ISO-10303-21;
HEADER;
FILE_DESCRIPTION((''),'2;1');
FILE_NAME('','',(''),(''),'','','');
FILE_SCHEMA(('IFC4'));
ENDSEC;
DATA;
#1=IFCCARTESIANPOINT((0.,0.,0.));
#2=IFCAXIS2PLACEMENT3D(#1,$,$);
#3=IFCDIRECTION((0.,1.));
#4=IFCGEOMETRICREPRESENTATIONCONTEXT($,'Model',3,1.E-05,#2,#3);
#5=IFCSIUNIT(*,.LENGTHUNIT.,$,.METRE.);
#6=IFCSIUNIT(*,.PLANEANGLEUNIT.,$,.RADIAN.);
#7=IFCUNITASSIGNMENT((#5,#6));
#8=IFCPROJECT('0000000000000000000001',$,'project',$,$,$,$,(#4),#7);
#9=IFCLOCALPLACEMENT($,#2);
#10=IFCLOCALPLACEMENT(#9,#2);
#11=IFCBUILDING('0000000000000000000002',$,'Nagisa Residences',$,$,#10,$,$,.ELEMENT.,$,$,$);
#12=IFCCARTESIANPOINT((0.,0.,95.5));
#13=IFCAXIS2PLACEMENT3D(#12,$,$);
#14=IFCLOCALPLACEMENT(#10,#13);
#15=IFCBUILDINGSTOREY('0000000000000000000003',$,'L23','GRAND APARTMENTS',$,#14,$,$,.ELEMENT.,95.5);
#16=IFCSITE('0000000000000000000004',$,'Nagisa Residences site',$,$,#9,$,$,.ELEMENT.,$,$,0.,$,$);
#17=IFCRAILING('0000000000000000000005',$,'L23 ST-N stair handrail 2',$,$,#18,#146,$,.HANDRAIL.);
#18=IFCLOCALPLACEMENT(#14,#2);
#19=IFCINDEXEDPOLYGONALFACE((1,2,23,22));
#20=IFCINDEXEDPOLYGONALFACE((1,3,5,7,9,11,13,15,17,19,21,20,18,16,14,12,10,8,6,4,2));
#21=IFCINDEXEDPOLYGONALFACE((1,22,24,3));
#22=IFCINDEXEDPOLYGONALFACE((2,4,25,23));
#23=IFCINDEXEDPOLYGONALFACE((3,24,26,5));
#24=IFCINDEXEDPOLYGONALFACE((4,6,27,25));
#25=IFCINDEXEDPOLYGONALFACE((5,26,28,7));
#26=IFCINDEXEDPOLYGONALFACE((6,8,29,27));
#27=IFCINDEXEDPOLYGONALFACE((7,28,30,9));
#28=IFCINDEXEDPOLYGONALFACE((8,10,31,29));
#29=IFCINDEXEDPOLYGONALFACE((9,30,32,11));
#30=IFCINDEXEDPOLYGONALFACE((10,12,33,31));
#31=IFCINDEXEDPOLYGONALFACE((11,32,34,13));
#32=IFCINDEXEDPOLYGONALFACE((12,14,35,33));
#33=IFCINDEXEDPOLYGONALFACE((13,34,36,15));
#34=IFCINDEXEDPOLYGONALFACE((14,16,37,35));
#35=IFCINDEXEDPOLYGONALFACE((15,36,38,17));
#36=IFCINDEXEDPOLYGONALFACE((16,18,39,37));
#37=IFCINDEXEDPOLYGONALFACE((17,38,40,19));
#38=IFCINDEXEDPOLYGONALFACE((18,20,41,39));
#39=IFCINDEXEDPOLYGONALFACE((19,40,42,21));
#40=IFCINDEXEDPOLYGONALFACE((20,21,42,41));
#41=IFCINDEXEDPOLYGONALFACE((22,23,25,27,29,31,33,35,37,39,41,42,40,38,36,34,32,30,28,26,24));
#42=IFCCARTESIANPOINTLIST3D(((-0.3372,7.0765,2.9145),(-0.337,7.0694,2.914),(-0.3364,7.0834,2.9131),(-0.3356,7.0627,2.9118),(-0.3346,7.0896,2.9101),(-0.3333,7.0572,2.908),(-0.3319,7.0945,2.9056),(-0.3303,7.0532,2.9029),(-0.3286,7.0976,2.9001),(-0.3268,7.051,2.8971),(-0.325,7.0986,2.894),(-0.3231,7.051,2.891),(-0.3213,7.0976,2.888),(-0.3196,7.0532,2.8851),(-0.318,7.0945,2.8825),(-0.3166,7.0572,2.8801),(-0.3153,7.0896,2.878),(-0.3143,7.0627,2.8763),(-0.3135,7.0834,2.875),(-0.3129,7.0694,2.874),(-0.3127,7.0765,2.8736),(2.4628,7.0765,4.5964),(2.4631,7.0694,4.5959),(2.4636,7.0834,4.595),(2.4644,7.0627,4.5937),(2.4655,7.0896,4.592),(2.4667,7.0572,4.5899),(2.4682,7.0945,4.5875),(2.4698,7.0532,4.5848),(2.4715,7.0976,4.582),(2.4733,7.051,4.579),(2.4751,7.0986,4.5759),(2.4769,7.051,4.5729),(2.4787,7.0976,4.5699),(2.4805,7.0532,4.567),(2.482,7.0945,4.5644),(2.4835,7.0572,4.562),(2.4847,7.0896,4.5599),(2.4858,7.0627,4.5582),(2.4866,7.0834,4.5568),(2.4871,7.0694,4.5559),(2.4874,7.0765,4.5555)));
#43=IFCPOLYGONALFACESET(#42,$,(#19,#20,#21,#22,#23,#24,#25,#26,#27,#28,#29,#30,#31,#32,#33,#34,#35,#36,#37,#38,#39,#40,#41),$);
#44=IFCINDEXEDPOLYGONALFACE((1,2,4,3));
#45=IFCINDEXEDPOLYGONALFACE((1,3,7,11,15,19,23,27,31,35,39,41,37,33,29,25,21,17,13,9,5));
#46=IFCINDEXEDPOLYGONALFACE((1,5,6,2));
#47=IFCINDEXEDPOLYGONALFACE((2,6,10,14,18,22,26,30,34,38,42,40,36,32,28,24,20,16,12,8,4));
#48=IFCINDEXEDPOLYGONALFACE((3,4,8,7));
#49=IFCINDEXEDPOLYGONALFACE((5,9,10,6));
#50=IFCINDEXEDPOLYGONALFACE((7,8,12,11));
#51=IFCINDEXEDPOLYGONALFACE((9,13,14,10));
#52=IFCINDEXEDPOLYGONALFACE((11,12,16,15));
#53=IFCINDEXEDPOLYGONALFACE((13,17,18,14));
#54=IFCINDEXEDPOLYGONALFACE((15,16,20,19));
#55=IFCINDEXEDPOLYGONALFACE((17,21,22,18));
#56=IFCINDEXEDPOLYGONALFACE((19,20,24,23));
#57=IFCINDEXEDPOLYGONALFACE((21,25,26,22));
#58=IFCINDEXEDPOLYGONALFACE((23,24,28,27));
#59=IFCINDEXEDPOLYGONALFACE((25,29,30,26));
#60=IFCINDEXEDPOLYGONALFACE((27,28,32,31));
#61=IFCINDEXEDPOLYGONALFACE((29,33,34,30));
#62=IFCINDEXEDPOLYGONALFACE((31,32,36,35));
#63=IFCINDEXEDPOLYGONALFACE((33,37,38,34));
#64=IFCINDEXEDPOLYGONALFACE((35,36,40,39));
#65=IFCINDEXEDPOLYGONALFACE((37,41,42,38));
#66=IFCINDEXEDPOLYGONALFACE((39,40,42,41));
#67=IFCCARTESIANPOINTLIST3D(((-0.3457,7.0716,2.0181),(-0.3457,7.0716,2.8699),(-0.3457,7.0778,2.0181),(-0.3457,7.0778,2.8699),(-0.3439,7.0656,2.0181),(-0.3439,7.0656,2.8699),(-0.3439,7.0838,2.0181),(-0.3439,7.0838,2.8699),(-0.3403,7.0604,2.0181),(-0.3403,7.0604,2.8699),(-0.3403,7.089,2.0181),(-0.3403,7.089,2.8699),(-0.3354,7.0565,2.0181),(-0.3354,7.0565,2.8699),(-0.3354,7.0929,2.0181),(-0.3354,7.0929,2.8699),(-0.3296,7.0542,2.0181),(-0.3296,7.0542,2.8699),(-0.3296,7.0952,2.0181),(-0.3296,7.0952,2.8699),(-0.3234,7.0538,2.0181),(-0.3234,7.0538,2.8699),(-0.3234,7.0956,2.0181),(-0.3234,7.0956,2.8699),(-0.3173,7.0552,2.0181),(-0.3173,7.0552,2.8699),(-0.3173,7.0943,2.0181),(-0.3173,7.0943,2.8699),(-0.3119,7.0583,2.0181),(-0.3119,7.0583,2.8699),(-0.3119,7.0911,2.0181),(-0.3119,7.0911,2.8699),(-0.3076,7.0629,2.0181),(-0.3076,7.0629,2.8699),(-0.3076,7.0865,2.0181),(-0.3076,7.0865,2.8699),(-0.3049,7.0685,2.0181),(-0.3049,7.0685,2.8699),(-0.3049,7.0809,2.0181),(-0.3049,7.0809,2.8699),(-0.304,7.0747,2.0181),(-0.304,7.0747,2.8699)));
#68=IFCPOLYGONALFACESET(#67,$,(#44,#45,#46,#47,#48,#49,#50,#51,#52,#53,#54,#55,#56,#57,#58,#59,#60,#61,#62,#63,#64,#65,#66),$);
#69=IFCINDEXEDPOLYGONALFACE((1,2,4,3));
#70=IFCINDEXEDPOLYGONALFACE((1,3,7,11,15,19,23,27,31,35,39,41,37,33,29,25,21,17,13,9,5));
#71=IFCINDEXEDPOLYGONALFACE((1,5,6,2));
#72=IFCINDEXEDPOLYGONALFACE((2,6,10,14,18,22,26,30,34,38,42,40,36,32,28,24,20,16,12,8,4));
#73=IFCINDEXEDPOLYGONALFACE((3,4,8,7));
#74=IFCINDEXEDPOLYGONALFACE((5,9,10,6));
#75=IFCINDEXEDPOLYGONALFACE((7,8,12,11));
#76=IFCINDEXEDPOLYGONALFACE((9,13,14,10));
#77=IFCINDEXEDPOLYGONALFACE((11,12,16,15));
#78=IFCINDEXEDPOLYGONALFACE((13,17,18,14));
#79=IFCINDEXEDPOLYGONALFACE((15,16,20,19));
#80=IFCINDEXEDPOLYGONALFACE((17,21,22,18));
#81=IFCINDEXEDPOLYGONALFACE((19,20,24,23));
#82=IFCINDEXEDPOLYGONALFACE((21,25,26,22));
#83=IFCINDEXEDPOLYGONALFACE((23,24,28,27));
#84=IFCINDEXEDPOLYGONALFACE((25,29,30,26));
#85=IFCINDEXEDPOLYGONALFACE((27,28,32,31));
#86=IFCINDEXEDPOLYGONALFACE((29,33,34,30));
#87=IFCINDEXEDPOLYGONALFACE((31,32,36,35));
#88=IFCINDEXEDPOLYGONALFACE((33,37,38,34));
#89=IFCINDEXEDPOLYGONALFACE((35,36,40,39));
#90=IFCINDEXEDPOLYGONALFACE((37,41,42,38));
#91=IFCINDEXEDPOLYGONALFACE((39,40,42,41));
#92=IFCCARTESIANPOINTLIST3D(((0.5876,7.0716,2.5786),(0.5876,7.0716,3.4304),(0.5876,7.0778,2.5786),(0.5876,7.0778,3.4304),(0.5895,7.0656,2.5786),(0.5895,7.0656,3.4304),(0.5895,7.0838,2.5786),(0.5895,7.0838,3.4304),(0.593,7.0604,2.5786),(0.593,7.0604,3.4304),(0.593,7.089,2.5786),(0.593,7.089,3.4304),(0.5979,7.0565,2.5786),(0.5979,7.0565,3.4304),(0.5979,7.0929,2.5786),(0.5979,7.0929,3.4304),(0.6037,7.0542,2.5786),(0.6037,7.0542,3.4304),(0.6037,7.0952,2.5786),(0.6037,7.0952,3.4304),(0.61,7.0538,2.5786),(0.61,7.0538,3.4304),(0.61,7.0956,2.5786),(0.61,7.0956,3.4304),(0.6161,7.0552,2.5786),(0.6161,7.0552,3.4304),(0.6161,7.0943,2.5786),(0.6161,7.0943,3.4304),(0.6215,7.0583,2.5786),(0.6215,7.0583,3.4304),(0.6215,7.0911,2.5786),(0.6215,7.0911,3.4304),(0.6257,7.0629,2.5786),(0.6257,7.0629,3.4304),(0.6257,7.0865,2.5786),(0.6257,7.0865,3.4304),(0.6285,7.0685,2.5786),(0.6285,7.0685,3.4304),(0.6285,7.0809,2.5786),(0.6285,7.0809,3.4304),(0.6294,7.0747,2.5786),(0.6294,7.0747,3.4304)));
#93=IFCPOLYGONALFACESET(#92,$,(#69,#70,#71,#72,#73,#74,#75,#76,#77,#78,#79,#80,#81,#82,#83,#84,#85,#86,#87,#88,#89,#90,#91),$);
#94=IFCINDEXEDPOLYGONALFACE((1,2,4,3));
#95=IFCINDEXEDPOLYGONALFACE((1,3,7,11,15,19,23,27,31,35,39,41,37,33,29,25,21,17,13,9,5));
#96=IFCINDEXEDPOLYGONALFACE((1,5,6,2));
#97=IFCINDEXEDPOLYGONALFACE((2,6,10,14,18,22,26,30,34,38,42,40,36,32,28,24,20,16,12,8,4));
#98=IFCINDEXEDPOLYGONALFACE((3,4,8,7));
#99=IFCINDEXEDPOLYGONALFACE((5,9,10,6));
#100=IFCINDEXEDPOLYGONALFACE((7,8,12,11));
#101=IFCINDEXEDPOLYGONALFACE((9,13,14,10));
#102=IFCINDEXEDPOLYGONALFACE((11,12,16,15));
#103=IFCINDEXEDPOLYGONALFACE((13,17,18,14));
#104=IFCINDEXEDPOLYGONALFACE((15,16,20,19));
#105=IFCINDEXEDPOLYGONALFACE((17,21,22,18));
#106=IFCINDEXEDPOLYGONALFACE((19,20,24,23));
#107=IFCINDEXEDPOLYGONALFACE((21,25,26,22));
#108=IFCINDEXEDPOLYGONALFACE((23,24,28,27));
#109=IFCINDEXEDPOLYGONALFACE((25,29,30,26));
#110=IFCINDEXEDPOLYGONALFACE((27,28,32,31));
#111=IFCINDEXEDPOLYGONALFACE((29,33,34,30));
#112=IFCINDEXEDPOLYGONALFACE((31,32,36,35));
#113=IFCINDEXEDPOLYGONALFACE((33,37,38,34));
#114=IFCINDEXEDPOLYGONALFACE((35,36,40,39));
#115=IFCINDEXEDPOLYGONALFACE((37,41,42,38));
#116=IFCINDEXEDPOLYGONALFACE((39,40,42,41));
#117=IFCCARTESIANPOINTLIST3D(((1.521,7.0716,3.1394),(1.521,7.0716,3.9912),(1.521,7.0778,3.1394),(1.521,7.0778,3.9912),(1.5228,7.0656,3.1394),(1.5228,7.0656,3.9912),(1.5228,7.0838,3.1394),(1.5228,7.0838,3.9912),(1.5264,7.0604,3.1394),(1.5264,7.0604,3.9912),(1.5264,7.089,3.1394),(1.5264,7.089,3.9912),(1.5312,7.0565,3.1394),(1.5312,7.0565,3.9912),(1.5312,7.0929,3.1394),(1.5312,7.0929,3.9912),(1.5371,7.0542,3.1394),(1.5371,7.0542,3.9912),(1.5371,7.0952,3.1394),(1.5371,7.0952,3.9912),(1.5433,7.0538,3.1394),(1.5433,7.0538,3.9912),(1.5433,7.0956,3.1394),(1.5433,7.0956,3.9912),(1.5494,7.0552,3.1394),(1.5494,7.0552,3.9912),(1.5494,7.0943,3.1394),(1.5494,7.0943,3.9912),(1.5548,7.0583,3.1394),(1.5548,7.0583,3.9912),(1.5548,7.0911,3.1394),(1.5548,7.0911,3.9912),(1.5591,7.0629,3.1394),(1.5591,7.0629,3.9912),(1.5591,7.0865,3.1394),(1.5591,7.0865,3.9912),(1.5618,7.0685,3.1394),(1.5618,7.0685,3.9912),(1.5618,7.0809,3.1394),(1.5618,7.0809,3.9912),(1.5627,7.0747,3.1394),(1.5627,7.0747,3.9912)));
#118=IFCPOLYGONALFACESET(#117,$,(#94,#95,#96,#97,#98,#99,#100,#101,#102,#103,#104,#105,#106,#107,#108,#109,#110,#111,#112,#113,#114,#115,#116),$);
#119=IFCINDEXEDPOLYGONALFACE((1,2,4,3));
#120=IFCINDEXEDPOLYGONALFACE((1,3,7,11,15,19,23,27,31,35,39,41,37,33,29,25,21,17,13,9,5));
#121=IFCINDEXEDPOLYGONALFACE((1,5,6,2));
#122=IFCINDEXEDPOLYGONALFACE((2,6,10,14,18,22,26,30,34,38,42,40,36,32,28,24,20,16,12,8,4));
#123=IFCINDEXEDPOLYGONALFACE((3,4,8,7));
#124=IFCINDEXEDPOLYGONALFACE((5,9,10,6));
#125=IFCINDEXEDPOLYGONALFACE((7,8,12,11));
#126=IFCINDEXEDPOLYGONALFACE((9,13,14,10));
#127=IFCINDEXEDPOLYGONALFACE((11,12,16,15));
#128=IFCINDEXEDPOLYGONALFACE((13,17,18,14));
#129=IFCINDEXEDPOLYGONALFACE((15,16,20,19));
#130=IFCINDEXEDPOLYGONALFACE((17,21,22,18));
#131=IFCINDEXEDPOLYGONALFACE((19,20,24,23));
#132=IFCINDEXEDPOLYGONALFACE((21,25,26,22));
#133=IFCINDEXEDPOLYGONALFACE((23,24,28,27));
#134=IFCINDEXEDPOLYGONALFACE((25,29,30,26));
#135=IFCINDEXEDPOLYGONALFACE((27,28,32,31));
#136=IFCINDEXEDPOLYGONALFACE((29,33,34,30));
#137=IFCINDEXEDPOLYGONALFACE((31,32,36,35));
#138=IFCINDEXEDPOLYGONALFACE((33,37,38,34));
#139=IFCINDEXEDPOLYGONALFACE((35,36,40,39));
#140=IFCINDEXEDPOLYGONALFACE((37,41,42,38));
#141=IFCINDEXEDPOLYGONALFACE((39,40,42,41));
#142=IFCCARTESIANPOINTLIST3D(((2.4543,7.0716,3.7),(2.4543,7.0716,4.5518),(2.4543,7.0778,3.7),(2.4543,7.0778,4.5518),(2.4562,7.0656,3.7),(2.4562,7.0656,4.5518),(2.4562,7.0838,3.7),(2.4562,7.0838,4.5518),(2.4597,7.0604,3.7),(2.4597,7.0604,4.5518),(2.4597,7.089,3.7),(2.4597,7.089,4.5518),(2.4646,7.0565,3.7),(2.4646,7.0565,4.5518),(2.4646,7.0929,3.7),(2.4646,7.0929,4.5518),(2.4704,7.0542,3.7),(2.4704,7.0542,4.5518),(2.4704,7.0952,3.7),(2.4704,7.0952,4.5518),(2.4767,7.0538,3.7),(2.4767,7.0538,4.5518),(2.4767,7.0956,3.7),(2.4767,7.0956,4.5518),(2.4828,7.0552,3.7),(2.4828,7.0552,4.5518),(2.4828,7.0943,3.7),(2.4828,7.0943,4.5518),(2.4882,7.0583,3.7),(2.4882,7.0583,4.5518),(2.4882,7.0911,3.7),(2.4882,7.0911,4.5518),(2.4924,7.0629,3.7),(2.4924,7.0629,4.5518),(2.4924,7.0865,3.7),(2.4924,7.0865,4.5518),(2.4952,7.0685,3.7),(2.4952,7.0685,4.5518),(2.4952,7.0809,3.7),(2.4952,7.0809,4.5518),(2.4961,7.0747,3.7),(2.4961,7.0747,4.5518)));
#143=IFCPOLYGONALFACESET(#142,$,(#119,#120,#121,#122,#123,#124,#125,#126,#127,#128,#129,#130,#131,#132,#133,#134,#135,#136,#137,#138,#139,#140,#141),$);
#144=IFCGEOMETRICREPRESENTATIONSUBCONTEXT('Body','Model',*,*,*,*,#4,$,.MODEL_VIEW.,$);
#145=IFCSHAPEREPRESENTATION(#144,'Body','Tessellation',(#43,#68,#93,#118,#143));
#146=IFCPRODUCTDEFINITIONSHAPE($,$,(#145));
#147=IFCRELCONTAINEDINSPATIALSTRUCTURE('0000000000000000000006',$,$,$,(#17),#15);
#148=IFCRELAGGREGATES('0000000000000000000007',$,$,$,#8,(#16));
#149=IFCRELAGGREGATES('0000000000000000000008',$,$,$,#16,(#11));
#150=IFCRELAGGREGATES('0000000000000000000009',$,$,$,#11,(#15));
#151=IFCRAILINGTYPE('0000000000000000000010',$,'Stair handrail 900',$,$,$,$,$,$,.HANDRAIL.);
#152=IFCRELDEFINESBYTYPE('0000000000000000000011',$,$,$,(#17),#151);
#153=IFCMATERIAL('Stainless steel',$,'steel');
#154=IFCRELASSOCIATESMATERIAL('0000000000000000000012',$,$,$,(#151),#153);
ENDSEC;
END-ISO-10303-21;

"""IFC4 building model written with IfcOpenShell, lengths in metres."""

from ifc_helpers import new_model, si_unit, direction, frame, origin, origin_2d, place, context, subcontext, project, spatial, circle, extrude, material, type_object, element, save


model = new_model("IFC4")

# Units and contexts
model_context = context("Model", 3, precision=1e-05, world=origin(), true_north=direction((0.0, 1.0)))
body_context = subcontext(model_context, "Body", "Model", "MODEL_VIEW")
ifc_project = project(units=[si_unit("LENGTHUNIT", "METRE"), si_unit("PLANEANGLEUNIT", "RADIAN")], contexts=[model_context])

# Site, building, storey
site_placement = place(None, origin())
site = spatial("IfcSite", under=ifc_project, at=site_placement, Name="Nagisa Residences site", CompositionType="ELEMENT", RefElevation=0.0)
building_placement = place(site_placement, origin())
building = spatial("IfcBuilding", under=site, at=building_placement, Name="Nagisa Residences", CompositionType="ELEMENT")
storey_placement = place(building_placement, frame((0.0, 0.0, 95.5)))
storey = spatial("IfcBuildingStorey", under=building, at=storey_placement, Name="L23", Description="GRAND APARTMENTS", CompositionType="ELEMENT", Elevation=95.5)

# Railing
ifc_material_1 = material(Name="Stainless steel", Category="steel")
railing_type_1 = type_object("IfcRailingType", Name="Stair handrail 900", PredefinedType="HANDRAIL", material=ifc_material_1)
railing_1_placement = place(storey_placement, frame((-0.325, 7.0747, 2.0181)))
element("IfcRailing", 1, at=railing_1_placement, inside=storey, type_object=railing_type_1, Name="L23 ST-N stair handrail 2", PredefinedType="HANDRAIL", context=body_context, shape_type="SweptSolid", body=[
    extrude(circle(Radius=0.0239, at=origin_2d()), frame((0.0, 0.0, 0.876), z_axis=(0.857242, 0.0, 0.514913), x_axis=(0.0, 1.0, 0.0)), (0.0, 0.0, 1.0), 3.2664),
    extrude(circle(Radius=0.021, at=origin_2d()), origin(), (0.0, 0.0, 1.0), 0.8518),
    extrude(circle(Radius=0.021, at=origin_2d()), frame((0.9333, 0.0, 0.5605)), (0.0, 0.0, 1.0), 0.8518),
    extrude(circle(Radius=0.021, at=origin_2d()), frame((1.8667, 0.0, 1.1213)), (0.0, 0.0, 1.0), 0.8518),
    extrude(circle(Radius=0.021, at=origin_2d()), frame((2.8, 0.0, 1.6819)), (0.0, 0.0, 1.0), 0.8518),
])

save(model, "model.ifc")
